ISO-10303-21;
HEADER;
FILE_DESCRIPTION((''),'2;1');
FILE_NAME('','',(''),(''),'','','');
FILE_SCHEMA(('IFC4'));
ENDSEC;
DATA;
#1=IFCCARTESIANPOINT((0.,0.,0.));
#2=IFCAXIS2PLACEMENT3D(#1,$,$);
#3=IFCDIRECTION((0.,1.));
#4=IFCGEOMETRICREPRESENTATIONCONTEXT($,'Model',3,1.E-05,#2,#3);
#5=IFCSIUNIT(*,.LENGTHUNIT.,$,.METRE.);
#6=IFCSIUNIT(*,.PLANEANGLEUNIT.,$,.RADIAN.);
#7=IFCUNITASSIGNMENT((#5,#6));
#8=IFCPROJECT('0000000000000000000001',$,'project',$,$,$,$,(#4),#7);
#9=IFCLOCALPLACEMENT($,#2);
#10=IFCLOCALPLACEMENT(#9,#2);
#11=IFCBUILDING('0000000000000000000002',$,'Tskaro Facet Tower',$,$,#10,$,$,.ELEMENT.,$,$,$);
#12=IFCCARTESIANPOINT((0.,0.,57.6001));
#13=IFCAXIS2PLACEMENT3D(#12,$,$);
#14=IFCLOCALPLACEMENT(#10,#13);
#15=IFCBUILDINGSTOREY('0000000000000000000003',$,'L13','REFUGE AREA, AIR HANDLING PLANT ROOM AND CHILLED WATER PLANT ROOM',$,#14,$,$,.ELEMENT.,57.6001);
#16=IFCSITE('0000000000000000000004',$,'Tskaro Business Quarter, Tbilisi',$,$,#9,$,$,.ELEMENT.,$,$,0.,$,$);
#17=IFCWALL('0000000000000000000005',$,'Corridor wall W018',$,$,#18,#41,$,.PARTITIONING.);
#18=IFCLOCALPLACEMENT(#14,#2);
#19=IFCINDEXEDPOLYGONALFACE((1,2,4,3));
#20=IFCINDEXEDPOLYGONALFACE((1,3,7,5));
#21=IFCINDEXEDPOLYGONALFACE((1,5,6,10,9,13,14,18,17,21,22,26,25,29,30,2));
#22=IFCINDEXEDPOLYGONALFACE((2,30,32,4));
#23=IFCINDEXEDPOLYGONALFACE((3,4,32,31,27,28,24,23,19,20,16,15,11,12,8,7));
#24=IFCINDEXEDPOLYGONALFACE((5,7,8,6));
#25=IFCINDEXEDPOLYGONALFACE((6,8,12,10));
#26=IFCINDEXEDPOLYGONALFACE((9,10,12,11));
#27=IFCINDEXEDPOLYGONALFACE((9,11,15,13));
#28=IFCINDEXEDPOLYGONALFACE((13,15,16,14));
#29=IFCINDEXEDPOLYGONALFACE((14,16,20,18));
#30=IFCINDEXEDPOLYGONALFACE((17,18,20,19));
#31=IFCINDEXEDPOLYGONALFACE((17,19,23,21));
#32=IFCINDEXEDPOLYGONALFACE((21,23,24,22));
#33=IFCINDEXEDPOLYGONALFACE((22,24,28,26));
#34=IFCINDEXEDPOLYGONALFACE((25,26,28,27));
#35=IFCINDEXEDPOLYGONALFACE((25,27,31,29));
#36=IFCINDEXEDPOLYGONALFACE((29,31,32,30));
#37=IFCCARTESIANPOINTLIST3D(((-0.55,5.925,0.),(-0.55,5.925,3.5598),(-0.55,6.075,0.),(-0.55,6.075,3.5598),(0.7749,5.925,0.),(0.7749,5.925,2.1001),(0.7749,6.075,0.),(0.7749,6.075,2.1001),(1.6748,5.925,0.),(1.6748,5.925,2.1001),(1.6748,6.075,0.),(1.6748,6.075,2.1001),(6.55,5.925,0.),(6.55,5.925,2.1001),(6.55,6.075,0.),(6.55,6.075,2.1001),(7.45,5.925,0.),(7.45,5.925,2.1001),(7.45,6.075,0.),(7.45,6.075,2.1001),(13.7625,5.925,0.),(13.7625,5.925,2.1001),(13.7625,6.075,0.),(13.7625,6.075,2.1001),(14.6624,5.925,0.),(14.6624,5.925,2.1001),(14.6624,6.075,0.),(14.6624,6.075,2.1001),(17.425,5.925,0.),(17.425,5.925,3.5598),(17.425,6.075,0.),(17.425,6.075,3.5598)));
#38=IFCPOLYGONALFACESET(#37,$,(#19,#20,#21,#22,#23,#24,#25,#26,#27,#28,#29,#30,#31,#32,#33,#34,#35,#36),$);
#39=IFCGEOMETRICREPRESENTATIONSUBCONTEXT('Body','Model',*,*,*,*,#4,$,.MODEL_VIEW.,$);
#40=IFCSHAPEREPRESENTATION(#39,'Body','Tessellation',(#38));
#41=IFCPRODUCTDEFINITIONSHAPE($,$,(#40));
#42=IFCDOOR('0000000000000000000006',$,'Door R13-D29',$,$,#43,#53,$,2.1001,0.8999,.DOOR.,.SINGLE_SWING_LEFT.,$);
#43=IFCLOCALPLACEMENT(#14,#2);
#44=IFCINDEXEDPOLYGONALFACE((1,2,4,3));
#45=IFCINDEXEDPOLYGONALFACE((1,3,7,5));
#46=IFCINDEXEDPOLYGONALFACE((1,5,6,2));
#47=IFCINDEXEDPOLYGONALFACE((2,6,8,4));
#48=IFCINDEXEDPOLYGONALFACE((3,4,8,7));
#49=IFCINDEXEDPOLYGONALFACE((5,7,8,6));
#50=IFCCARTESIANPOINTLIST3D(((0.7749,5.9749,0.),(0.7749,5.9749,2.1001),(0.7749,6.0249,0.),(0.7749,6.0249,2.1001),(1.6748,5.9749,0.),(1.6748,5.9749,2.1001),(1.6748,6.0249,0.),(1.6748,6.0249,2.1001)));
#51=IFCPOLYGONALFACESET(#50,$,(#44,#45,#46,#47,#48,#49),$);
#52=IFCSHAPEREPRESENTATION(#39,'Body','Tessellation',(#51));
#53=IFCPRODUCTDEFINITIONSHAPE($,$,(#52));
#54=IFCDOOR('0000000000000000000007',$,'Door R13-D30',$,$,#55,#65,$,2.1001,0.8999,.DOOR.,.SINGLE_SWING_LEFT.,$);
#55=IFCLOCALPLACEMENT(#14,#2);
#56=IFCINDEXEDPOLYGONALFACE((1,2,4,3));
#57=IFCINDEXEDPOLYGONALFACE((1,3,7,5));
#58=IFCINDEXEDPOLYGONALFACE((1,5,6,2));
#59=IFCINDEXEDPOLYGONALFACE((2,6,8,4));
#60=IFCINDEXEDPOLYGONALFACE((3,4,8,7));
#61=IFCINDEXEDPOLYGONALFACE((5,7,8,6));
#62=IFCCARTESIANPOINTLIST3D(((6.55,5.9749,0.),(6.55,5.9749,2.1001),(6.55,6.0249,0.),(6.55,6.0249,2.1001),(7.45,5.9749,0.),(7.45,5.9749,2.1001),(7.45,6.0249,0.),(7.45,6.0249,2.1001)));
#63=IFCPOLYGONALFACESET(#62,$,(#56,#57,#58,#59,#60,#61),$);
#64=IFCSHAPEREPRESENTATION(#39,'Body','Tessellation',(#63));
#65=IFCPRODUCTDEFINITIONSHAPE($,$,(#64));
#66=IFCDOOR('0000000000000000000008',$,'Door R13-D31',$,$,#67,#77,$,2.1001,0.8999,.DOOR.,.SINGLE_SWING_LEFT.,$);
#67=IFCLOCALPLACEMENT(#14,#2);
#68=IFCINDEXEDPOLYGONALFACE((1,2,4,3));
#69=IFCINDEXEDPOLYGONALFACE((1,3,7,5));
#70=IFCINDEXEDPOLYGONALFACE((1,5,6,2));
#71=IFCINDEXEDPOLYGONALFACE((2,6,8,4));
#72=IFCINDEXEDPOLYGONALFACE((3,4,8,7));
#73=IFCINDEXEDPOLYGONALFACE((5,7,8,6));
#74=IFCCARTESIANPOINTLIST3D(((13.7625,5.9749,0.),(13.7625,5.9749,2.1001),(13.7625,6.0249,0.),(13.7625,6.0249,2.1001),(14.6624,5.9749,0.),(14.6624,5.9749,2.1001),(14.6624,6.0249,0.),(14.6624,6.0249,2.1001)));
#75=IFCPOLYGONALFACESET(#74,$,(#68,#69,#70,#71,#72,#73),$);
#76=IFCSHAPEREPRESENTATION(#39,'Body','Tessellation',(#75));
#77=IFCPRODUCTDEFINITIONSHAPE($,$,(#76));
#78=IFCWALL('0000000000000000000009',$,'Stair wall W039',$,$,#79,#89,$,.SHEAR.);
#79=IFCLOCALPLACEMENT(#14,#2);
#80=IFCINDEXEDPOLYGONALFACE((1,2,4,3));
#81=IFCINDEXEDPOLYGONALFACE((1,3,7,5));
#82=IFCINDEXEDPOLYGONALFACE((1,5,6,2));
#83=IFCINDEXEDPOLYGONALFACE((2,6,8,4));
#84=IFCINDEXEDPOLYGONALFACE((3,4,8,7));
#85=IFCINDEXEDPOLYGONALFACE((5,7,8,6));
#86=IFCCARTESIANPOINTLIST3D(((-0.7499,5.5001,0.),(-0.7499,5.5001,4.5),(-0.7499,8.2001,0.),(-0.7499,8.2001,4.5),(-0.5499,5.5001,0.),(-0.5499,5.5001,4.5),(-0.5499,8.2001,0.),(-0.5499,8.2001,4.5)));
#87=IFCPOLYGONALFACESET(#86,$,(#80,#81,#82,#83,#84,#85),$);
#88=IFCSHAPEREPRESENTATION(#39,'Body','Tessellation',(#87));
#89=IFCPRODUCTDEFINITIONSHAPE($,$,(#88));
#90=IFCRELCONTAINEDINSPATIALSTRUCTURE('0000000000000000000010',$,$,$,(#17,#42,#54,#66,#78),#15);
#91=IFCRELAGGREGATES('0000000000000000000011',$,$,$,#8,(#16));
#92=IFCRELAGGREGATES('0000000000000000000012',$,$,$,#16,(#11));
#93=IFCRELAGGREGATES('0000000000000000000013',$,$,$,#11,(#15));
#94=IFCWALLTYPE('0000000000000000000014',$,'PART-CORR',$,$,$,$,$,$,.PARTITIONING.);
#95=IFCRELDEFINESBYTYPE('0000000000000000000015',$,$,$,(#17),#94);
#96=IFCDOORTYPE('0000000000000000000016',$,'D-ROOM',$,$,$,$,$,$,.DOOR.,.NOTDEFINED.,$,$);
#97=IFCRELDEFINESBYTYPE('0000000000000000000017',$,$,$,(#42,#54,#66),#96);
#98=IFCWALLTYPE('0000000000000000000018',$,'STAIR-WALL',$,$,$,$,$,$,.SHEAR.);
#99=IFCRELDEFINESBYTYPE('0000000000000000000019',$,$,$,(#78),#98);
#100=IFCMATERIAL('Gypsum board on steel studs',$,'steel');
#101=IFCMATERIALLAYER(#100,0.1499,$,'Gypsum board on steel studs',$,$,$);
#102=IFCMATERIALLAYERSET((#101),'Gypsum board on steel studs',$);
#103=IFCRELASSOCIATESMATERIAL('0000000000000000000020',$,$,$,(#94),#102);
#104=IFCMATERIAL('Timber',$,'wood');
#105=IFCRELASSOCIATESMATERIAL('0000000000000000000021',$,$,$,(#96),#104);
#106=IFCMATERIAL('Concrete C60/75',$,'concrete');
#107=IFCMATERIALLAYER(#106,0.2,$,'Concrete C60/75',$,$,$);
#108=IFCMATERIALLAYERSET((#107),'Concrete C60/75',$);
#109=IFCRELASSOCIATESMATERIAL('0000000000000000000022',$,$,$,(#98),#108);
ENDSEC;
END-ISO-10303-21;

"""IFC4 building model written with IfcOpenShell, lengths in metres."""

from ifc_helpers import new_model, si_unit, direction, frame, frame_2d, origin, place, context, subcontext, project, spatial, rectangle, extrude, material, layer, layer_set, type_object, element, fill, save


model = new_model("IFC4")

# Units and contexts
model_context = context("Model", 3, precision=1e-05, world=origin(), true_north=direction((0.0, 1.0)))
body_context = subcontext(model_context, "Body", "Model", "MODEL_VIEW")
ifc_project = project(units=[si_unit("LENGTHUNIT", "METRE"), si_unit("PLANEANGLEUNIT", "RADIAN")], contexts=[model_context])

# Site, building, storey
site_placement = place(None, origin())
site = spatial("IfcSite", under=ifc_project, at=site_placement, Name="Tskaro Business Quarter, Tbilisi", CompositionType="ELEMENT", RefElevation=0.0)
building_placement = place(site_placement, origin())
building = spatial("IfcBuilding", under=site, at=building_placement, Name="Tskaro Facet Tower", CompositionType="ELEMENT")
storey_placement = place(building_placement, frame((0.0, 0.0, 57.6001)))
storey = spatial("IfcBuildingStorey", under=building, at=storey_placement, Name="L13", Description="REFUGE AREA, AIR HANDLING PLANT ROOM AND CHILLED WATER PLANT ROOM", CompositionType="ELEMENT", Elevation=57.6001)

# Shared definitions
ifc_material_1 = material(Name="Concrete C60/75", Category="concrete")

# Shared definitions
ifc_material_2 = material(Name="Gypsum board on steel studs", Category="steel")

# Wall, openings, doors
ifc_layer_1 = layer(ifc_material_2, 0.1499, Name="Gypsum board on steel studs")
ifc_layer_set_1 = layer_set([ifc_layer_1], Name="Gypsum board on steel studs")
wall_type_1 = type_object("IfcWallType", Name="PART-CORR", PredefinedType="PARTITIONING", material=ifc_layer_set_1)
wall_1_placement = place(storey_placement, frame((-0.55, 6.0, 0.0), z_axis=(0.0, 0.0, 1.0), x_axis=(1.0, 0.0, 0.0)))
wall_1 = element("IfcWall", 1, at=wall_1_placement, inside=storey, type_object=wall_type_1, Name="Corridor wall W018", PredefinedType="PARTITIONING", context=body_context, shape_type="SweptSolid", body=[
    extrude(rectangle(XDim=17.9751, YDim=0.1499, at=frame_2d((8.9875, 0.0))), origin(), (0.0, 0.0, 1.0), 3.5598),
])
opening_1_placement = place(wall_1_placement, frame((1.325, 0.0, 0.0)))
opening_1 = element("IfcOpeningElement", 2, at=opening_1_placement, cuts=wall_1, PredefinedType="OPENING", context=body_context, shape_type="SweptSolid", body=[
    extrude(rectangle(XDim=0.8999, YDim=2.1001, at=frame_2d((0.45, 1.05))), frame((0.0, 0.085, 0.0), z_axis=(0.0, -1.0, 0.0), x_axis=(1.0, 0.0, 0.0)), (0.0, 0.0, 1.0), 0.1699),
])
opening_2_placement = place(wall_1_placement, frame((7.1001, 0.0, 0.0)))
opening_2 = element("IfcOpeningElement", 3, at=opening_2_placement, cuts=wall_1, PredefinedType="OPENING", context=body_context, shape_type="SweptSolid", body=[
    extrude(rectangle(XDim=0.8999, YDim=2.1001, at=frame_2d((0.45, 1.05))), frame((0.0, 0.085, 0.0), z_axis=(0.0, -1.0, 0.0), x_axis=(1.0, 0.0, 0.0)), (0.0, 0.0, 1.0), 0.1699),
])
opening_3_placement = place(wall_1_placement, frame((14.3125, 0.0, 0.0)))
opening_3 = element("IfcOpeningElement", 4, at=opening_3_placement, cuts=wall_1, PredefinedType="OPENING", context=body_context, shape_type="SweptSolid", body=[
    extrude(rectangle(XDim=0.8999, YDim=2.1001, at=frame_2d((0.45, 1.05))), frame((0.0, 0.085, 0.0), z_axis=(0.0, -1.0, 0.0), x_axis=(1.0, 0.0, 0.0)), (0.0, 0.0, 1.0), 0.1699),
])
ifc_material_3 = material(Name="Timber", Category="wood")
door_type = type_object("IfcDoorType", Name="D-ROOM", OperationType="NOTDEFINED", PredefinedType="DOOR", material=ifc_material_3)
door_1_placement = place(opening_1_placement, origin())
door_1 = element("IfcDoor", 5, at=door_1_placement, inside=storey, type_object=door_type, Name="Door R13-D29", OperationType="SINGLE_SWING_LEFT", OverallHeight=2.1001, OverallWidth=0.8999, PredefinedType="DOOR", context=body_context, shape_type="SweptSolid", body=[
    extrude(rectangle(XDim=0.8999, YDim=2.1001, at=frame_2d((0.45, 1.05))), frame((0.0, 0.0249, 0.0), z_axis=(0.0, -1.0, 0.0), x_axis=(1.0, 0.0, 0.0)), (0.0, 0.0, 1.0), 0.05),
])
fill(opening_1, door_1)
door_2_placement = place(opening_2_placement, origin())
door_2 = element("IfcDoor", 6, at=door_2_placement, inside=storey, type_object=door_type, Name="Door R13-D30", OperationType="SINGLE_SWING_LEFT", OverallHeight=2.1001, OverallWidth=0.8999, PredefinedType="DOOR", context=body_context, shape_type="SweptSolid", body=[
    extrude(rectangle(XDim=0.8999, YDim=2.1001, at=frame_2d((0.45, 1.05))), frame((0.0, 0.0249, 0.0), z_axis=(0.0, -1.0, 0.0), x_axis=(1.0, 0.0, 0.0)), (0.0, 0.0, 1.0), 0.05),
])
fill(opening_2, door_2)
door_3_placement = place(opening_3_placement, origin())
door_3 = element("IfcDoor", 7, at=door_3_placement, inside=storey, type_object=door_type, Name="Door R13-D31", OperationType="SINGLE_SWING_LEFT", OverallHeight=2.1001, OverallWidth=0.8999, PredefinedType="DOOR", context=body_context, shape_type="SweptSolid", body=[
    extrude(rectangle(XDim=0.8999, YDim=2.1001, at=frame_2d((0.45, 1.05))), frame((0.0, 0.0249, 0.0), z_axis=(0.0, -1.0, 0.0), x_axis=(1.0, 0.0, 0.0)), (0.0, 0.0, 1.0), 0.05),
])
fill(opening_3, door_3)

# Wall
ifc_layer_2 = layer(ifc_material_1, 0.2, Name="Concrete C60/75")
ifc_layer_set_2 = layer_set([ifc_layer_2], Name="Concrete C60/75")
wall_type_2 = type_object("IfcWallType", Name="STAIR-WALL", PredefinedType="SHEAR", material=ifc_layer_set_2)
wall_2_placement = place(storey_placement, frame((-0.6499, 5.5, 0.0), z_axis=(0.0, 0.0, 1.0), x_axis=(0.0, 1.0, 0.0)))
element("IfcWall", 8, at=wall_2_placement, inside=storey, type_object=wall_type_2, Name="Stair wall W039", PredefinedType="SHEAR", context=body_context, shape_type="SweptSolid", body=[
    extrude(rectangle(XDim=2.7, YDim=0.2, at=frame_2d((1.3501, 0.0))), origin(), (0.0, 0.0, 1.0), 4.5),
])

save(model, "model.ifc")
